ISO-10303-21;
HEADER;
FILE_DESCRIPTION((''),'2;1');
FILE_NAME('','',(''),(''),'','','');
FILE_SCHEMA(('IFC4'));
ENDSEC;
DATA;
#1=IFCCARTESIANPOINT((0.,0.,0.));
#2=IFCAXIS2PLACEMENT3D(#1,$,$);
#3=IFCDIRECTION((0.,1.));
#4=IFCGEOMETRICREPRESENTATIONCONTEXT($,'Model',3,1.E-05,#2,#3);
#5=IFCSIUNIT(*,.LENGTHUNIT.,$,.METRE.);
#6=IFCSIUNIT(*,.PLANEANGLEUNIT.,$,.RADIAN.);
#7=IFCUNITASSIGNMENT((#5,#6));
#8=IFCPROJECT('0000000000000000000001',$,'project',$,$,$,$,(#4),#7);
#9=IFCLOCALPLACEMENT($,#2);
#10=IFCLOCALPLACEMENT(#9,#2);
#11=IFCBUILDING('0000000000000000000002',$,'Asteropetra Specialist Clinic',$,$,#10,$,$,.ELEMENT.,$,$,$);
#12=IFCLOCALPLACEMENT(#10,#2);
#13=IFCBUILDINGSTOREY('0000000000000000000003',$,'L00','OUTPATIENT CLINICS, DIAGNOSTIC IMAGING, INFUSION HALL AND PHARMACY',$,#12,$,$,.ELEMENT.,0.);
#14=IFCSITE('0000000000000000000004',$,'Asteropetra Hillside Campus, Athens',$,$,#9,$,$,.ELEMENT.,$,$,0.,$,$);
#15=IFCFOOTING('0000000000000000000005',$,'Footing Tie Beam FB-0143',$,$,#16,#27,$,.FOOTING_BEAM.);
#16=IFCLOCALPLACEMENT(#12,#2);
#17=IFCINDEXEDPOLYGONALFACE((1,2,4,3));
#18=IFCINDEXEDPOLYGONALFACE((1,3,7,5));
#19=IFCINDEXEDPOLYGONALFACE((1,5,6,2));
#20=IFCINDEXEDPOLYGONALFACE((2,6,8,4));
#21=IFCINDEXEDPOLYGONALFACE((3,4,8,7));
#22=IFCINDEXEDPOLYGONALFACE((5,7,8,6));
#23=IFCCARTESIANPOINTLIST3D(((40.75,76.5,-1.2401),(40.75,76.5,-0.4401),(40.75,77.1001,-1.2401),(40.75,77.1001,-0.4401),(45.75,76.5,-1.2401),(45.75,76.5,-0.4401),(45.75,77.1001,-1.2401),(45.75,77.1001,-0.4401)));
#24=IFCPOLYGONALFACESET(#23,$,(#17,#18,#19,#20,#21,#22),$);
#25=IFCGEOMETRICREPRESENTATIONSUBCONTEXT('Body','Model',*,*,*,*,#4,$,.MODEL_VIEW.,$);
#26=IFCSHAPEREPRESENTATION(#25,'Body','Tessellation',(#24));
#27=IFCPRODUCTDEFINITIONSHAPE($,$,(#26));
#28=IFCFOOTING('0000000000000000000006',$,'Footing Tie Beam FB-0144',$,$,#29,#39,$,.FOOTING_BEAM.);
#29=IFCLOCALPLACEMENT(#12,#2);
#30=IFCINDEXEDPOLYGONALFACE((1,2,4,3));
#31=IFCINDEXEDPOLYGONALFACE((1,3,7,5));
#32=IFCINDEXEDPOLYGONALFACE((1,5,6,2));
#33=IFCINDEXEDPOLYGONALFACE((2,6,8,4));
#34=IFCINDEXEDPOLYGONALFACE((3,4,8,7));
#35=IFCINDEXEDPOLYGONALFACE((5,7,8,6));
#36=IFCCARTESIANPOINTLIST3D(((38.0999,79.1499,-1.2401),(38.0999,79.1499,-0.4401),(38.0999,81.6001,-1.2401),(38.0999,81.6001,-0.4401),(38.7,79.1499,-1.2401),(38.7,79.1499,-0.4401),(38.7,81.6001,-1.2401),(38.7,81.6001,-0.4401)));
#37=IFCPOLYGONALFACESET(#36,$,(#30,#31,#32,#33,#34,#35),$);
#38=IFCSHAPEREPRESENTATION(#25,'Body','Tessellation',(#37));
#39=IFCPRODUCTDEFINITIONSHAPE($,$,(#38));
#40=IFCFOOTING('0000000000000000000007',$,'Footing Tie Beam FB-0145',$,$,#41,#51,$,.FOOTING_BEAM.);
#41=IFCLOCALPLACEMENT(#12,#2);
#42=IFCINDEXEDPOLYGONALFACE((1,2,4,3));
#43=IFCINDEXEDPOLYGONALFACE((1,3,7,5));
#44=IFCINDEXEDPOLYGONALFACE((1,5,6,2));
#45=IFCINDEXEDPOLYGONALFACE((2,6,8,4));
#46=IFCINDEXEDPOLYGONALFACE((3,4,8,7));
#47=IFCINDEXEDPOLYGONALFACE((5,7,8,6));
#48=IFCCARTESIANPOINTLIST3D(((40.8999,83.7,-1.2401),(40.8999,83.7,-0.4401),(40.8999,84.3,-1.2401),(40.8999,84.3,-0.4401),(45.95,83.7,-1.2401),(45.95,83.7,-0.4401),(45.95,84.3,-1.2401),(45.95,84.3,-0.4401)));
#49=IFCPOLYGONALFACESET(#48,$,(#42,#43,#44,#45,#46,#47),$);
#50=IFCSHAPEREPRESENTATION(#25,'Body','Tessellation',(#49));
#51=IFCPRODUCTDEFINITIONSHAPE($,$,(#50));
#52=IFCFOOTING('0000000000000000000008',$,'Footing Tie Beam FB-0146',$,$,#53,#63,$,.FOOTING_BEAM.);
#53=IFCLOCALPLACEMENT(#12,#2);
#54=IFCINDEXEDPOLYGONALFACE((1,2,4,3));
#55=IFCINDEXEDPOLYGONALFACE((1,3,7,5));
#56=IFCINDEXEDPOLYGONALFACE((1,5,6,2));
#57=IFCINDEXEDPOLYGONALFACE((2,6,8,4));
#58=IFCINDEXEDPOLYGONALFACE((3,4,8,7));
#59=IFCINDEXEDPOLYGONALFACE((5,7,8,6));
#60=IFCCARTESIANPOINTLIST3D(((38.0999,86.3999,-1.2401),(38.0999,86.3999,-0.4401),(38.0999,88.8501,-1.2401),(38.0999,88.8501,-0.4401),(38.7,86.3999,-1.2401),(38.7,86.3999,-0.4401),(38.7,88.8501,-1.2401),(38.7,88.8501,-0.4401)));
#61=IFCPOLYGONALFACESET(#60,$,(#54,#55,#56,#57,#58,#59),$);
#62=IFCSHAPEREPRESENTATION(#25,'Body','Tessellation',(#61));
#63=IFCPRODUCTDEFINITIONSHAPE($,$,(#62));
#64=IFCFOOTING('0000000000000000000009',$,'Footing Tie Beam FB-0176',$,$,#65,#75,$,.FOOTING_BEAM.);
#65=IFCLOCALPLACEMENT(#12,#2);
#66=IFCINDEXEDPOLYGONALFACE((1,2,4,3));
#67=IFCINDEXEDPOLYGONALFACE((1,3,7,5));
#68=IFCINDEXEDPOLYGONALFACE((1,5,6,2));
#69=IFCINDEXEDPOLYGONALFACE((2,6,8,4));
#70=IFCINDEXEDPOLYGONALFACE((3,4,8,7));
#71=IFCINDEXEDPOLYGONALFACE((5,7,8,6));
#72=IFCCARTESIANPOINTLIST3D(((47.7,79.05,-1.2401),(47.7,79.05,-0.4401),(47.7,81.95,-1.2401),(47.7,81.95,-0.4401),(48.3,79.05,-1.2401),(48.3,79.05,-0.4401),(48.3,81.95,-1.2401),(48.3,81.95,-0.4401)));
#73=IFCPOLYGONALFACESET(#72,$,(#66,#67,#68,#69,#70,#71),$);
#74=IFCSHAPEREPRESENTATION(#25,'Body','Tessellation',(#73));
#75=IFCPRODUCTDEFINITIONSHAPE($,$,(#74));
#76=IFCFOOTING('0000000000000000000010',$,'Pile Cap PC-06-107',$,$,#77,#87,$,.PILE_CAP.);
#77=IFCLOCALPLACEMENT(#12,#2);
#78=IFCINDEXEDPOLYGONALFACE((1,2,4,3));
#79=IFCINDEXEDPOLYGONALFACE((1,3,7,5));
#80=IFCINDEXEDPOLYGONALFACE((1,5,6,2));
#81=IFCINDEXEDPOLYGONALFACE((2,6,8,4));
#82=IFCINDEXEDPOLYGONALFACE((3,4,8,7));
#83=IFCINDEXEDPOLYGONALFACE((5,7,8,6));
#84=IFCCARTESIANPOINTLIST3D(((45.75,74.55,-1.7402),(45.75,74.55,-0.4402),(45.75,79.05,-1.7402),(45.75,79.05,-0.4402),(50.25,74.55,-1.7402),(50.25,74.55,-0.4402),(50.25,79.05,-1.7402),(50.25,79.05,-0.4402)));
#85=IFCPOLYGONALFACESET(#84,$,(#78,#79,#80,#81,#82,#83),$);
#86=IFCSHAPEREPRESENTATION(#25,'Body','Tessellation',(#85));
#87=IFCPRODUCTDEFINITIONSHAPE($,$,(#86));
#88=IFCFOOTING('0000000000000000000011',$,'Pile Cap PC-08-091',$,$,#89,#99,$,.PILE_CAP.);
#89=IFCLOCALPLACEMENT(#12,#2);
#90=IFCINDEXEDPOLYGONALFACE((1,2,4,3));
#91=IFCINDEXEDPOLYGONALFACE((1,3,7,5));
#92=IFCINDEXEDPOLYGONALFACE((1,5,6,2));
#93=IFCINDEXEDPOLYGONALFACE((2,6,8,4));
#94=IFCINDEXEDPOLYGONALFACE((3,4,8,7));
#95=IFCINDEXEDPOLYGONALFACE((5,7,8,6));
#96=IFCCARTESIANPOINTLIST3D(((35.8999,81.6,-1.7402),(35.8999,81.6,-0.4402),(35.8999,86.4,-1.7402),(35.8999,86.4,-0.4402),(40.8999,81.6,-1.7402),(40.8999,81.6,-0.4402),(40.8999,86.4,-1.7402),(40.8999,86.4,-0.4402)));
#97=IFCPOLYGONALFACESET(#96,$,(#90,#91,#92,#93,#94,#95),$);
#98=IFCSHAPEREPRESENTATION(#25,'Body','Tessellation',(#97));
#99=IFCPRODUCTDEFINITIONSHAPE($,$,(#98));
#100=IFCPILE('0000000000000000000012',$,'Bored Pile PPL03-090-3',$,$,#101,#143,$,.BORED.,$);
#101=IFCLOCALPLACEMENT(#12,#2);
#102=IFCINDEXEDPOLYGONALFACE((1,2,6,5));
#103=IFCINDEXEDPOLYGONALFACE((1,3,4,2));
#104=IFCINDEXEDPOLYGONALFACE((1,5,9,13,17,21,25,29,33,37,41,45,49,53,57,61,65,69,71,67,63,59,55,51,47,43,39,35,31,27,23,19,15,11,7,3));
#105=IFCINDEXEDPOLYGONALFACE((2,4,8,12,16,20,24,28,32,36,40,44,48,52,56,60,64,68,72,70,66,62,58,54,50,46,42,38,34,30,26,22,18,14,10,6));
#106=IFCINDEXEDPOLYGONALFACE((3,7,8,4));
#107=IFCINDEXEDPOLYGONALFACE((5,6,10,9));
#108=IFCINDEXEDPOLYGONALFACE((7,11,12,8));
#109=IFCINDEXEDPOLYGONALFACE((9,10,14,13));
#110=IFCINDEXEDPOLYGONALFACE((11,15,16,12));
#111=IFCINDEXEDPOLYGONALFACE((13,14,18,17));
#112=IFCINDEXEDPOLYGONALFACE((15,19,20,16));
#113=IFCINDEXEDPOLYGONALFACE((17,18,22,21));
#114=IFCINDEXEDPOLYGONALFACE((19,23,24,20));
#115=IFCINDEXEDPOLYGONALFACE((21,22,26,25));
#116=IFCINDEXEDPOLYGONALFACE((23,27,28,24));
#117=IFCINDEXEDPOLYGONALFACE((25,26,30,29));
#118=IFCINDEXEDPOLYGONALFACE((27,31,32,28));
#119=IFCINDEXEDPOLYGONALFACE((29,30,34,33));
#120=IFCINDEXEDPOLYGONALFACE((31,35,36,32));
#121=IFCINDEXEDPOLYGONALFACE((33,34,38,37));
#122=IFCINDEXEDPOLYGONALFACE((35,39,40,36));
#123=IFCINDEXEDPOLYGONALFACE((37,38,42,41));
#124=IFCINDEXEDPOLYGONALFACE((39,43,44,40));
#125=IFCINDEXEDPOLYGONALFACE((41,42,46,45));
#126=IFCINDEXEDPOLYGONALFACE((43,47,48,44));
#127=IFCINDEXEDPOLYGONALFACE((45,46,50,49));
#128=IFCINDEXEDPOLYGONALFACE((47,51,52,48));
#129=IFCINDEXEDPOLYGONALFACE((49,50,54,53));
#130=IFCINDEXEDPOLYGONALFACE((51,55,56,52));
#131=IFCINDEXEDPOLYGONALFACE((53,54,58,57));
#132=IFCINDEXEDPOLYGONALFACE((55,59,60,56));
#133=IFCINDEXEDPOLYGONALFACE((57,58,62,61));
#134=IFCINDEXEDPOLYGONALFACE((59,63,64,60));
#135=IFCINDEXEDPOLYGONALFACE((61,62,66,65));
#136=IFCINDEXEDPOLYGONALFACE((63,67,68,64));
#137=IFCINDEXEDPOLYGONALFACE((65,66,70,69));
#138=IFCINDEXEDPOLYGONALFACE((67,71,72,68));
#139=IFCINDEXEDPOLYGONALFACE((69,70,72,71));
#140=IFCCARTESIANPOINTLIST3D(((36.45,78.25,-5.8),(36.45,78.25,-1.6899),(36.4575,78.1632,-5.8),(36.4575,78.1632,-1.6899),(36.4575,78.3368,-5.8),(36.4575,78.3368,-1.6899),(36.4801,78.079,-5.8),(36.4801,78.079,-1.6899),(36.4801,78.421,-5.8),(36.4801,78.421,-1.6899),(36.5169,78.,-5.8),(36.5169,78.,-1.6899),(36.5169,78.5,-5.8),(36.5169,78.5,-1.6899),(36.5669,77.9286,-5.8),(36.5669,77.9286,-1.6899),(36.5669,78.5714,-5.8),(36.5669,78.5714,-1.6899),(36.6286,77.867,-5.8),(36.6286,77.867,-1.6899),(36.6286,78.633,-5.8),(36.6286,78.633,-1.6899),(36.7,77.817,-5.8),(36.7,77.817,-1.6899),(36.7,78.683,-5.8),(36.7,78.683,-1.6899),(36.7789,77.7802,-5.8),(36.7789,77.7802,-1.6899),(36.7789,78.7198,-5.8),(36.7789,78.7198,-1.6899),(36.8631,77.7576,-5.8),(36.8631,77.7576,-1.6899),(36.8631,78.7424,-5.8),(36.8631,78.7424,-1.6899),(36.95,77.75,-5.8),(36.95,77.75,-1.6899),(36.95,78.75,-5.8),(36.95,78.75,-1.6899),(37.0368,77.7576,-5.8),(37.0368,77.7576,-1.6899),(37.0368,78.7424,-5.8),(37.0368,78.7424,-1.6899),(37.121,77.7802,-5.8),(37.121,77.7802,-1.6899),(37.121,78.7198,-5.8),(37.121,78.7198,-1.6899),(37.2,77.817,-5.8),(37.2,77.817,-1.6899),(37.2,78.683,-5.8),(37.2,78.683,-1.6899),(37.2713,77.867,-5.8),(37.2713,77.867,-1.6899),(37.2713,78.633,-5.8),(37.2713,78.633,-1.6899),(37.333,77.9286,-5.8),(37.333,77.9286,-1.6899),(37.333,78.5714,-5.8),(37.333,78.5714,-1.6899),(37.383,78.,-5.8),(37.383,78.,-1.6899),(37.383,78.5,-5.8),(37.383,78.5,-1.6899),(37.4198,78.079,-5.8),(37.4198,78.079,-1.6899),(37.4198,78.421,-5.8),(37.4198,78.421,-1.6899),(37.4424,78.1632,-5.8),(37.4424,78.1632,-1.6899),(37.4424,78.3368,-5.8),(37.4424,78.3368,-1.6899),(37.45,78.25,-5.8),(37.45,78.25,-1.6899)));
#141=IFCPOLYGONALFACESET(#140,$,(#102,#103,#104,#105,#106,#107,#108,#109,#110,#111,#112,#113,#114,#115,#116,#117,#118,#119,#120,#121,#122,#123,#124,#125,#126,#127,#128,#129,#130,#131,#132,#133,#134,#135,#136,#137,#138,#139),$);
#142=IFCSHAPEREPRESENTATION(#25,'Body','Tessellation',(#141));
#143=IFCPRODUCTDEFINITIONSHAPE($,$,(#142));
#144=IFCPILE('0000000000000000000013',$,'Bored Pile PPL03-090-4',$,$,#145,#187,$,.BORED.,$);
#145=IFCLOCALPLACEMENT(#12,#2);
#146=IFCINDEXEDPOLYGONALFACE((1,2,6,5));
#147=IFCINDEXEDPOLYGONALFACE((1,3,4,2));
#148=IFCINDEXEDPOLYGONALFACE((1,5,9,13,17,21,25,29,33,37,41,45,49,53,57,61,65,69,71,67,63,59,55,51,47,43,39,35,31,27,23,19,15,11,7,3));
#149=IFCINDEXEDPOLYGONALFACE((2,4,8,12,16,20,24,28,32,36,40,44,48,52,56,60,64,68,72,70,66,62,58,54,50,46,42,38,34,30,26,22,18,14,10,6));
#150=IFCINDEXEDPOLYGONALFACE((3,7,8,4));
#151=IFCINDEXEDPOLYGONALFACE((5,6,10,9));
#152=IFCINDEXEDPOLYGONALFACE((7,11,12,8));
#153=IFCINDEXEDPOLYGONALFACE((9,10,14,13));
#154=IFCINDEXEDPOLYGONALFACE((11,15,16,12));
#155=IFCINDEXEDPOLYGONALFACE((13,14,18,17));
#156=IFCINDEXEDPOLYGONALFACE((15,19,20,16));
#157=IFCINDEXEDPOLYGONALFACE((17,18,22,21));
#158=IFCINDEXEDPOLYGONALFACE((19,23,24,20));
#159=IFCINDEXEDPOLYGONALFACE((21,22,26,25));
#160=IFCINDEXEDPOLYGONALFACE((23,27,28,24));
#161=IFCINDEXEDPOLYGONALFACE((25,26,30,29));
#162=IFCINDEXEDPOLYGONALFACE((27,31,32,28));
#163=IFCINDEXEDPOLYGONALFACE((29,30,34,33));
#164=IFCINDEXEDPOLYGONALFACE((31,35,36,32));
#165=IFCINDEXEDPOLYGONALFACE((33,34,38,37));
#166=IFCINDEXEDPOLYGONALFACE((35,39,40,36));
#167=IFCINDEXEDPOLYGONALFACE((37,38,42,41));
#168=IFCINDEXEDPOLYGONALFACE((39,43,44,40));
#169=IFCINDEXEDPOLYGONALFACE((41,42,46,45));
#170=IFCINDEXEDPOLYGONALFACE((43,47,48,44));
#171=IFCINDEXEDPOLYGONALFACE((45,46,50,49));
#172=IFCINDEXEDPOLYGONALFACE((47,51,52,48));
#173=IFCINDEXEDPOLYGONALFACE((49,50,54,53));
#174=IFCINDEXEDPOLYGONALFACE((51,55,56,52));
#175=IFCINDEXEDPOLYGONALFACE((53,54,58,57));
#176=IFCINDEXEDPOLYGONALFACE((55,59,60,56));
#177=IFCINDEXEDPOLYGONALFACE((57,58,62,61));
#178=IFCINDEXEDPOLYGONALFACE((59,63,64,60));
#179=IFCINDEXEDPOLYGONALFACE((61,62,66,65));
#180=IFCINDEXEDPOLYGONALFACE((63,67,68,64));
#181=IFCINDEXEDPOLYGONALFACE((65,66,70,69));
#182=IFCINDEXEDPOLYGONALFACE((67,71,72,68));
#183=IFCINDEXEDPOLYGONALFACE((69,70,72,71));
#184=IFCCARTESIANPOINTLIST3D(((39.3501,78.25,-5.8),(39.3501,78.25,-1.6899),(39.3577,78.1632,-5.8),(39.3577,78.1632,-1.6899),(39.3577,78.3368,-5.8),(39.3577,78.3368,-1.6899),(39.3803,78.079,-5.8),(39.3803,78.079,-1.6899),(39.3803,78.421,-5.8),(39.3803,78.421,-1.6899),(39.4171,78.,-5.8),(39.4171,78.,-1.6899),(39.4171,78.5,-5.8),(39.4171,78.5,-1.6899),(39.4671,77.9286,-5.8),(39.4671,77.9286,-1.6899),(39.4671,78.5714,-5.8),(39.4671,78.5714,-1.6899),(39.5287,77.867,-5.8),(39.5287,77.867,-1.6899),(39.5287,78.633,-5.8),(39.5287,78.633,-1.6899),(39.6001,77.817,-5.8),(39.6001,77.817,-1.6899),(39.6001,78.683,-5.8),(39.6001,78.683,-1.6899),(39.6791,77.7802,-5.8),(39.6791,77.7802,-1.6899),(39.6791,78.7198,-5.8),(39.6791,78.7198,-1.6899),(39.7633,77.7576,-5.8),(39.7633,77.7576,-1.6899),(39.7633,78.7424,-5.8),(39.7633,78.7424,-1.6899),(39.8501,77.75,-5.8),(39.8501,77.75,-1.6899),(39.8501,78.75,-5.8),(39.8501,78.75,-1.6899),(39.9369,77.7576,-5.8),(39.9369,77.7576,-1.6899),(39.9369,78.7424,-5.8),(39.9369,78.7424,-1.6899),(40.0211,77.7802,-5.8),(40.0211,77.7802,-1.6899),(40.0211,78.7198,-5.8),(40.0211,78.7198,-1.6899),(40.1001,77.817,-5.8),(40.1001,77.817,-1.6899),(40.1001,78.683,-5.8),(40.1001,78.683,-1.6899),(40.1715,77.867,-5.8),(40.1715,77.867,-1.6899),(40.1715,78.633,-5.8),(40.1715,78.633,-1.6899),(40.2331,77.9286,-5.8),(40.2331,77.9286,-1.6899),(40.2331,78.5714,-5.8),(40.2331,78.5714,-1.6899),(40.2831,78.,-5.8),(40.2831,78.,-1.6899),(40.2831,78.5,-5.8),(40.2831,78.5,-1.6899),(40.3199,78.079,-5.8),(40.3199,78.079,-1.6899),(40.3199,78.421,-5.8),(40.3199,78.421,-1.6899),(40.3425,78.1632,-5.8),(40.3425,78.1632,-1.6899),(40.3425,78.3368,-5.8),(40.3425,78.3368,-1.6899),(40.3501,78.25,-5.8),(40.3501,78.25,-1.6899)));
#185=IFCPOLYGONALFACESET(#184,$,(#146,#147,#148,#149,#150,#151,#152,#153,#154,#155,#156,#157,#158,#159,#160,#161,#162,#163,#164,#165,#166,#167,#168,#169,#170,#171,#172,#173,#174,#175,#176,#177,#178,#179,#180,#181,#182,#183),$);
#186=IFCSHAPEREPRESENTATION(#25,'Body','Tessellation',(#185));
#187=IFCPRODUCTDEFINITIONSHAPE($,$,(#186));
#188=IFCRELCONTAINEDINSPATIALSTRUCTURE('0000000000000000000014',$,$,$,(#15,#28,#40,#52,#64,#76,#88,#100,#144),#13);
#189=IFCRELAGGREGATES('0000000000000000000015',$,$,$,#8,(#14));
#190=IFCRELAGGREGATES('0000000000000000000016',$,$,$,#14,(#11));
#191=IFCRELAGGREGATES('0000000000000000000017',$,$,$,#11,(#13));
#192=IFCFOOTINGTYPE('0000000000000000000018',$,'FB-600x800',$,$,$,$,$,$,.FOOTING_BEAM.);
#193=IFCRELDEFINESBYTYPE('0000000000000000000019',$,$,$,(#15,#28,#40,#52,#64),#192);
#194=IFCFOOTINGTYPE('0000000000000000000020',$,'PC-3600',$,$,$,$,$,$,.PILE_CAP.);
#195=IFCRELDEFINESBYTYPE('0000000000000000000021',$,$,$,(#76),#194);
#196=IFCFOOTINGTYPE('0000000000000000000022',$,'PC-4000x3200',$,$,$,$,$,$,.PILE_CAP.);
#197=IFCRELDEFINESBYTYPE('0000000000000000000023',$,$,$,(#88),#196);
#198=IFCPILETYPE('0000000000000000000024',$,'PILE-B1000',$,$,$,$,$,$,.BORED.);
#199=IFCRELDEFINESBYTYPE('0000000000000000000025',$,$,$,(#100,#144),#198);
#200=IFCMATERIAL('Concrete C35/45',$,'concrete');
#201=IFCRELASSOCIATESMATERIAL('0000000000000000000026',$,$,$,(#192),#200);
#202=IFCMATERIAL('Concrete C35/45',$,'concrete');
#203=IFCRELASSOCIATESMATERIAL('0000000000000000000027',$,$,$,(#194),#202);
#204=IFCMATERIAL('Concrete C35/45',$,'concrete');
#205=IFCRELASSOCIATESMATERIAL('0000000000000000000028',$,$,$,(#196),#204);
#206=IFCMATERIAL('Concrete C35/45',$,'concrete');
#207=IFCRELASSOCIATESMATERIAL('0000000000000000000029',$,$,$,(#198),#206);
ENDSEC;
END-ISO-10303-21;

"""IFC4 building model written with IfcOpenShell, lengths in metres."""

from ifc_helpers import new_model, si_unit, direction, frame, origin, origin_2d, place, context, subcontext, project, spatial, rectangle, circle, extrude, material, material_profile, profile_set, type_object, element, save


model = new_model("IFC4")

# Units and contexts
model_context = context("Model", 3, precision=1e-05, world=origin(), true_north=direction((0.0, 1.0)))
body_context = subcontext(model_context, "Body", "Model", "MODEL_VIEW")
ifc_project = project(units=[si_unit("LENGTHUNIT", "METRE"), si_unit("PLANEANGLEUNIT", "RADIAN")], contexts=[model_context])

# Site, building, storey
site_placement = place(None, origin())
site = spatial("IfcSite", under=ifc_project, at=site_placement, Name="Asteropetra Hillside Campus, Athens", CompositionType="ELEMENT", RefElevation=0.0)
building_placement = place(site_placement, origin())
building = spatial("IfcBuilding", under=site, at=building_placement, Name="Asteropetra Specialist Clinic", CompositionType="ELEMENT")
storey_placement = place(building_placement, origin())
storey = spatial("IfcBuildingStorey", under=building, at=storey_placement, Name="L00", Description="OUTPATIENT CLINICS, DIAGNOSTIC IMAGING, INFUSION HALL AND PHARMACY", CompositionType="ELEMENT", Elevation=0.0)

# Footings
ifc_material_1 = material(Name="Concrete C35/45", Category="concrete")
ifc_material_profile_1 = material_profile(ifc_material_1, rectangle(XDim=0.6001, YDim=0.8, at=origin_2d()), Name="FB 600x800")
ifc_profile_set_1 = profile_set([ifc_material_profile_1], Name="Concrete C35/45")
footing_type_1 = type_object("IfcFootingType", Name="FB-600x800", PredefinedType="FOOTING_BEAM", material=ifc_profile_set_1)
footing_1_placement = place(storey_placement, frame((40.75, 76.8, -0.8401), z_axis=(1.0, 0.0, 0.0), x_axis=(0.0, 1.0, 0.0)))
element("IfcFooting", 1, at=footing_1_placement, inside=storey, type_object=footing_type_1, Name="Footing Tie Beam FB-0143", PredefinedType="FOOTING_BEAM", context=body_context, shape_type="SweptSolid", body=[
    extrude(rectangle(XDim=0.6001, YDim=0.8, at=origin_2d()), origin(), (0.0, 0.0, 1.0), 5.0),
])
footing_2_placement = place(storey_placement, frame((38.3999, 79.1499, -0.8401), z_axis=(0.0, 1.0, 0.0), x_axis=(-1.0, 0.0, 0.0)))
element("IfcFooting", 2, at=footing_2_placement, inside=storey, type_object=footing_type_1, Name="Footing Tie Beam FB-0144", PredefinedType="FOOTING_BEAM", context=body_context, shape_type="SweptSolid", body=[
    extrude(rectangle(XDim=0.6001, YDim=0.8, at=origin_2d()), origin(), (0.0, 0.0, 1.0), 2.4502),
])
footing_3_placement = place(storey_placement, frame((40.8999, 84.0, -0.8401), z_axis=(1.0, 0.0, 0.0), x_axis=(0.0, 1.0, 0.0)))
element("IfcFooting", 3, at=footing_3_placement, inside=storey, type_object=footing_type_1, Name="Footing Tie Beam FB-0145", PredefinedType="FOOTING_BEAM", context=body_context, shape_type="SweptSolid", body=[
    extrude(rectangle(XDim=0.6001, YDim=0.8, at=origin_2d()), origin(), (0.0, 0.0, 1.0), 5.05),
])
footing_4_placement = place(storey_placement, frame((38.3999, 86.3999, -0.8401), z_axis=(0.0, 1.0, 0.0), x_axis=(-1.0, 0.0, 0.0)))
element("IfcFooting", 4, at=footing_4_placement, inside=storey, type_object=footing_type_1, Name="Footing Tie Beam FB-0146", PredefinedType="FOOTING_BEAM", context=body_context, shape_type="SweptSolid", body=[
    extrude(rectangle(XDim=0.6001, YDim=0.8, at=origin_2d()), origin(), (0.0, 0.0, 1.0), 2.4502),
])
footing_5_placement = place(storey_placement, frame((48.0, 79.05, -0.8401), z_axis=(0.0, 1.0, 0.0), x_axis=(-1.0, 0.0, 0.0)))
element("IfcFooting", 5, at=footing_5_placement, inside=storey, type_object=footing_type_1, Name="Footing Tie Beam FB-0176", PredefinedType="FOOTING_BEAM", context=body_context, shape_type="SweptSolid", body=[
    extrude(rectangle(XDim=0.6001, YDim=0.8, at=origin_2d()), origin(), (0.0, 0.0, 1.0), 2.8999),
])
ifc_material_2 = material(Name="Concrete C35/45", Category="concrete")
footing_type_2 = type_object("IfcFootingType", Name="PC-3600", PredefinedType="PILE_CAP", material=ifc_material_2)
footing_6_placement = place(storey_placement, frame((48.0, 76.8, -1.7402), z_axis=(0.0, 0.0, 1.0), x_axis=(1.0, 0.0, 0.0)))
element("IfcFooting", 6, at=footing_6_placement, inside=storey, type_object=footing_type_2, Name="Pile Cap PC-06-107", PredefinedType="PILE_CAP", context=body_context, shape_type="SweptSolid", body=[
    extrude(rectangle(XDim=4.5, YDim=4.5, at=origin_2d()), origin(), (0.0, 0.0, 1.0), 1.3),
])
ifc_material_3 = material(Name="Concrete C35/45", Category="concrete")
footing_type_3 = type_object("IfcFootingType", Name="PC-4000x3200", PredefinedType="PILE_CAP", material=ifc_material_3)
footing_7_placement = place(storey_placement, frame((38.3999, 84.0, -1.7402), z_axis=(0.0, 0.0, 1.0), x_axis=(1.0, 0.0, 0.0)))
element("IfcFooting", 7, at=footing_7_placement, inside=storey, type_object=footing_type_3, Name="Pile Cap PC-08-091", PredefinedType="PILE_CAP", context=body_context, shape_type="SweptSolid", body=[
    extrude(rectangle(XDim=5.0, YDim=4.8, at=origin_2d()), origin(), (0.0, 0.0, 1.0), 1.3),
])

# Piles
ifc_material_4 = material(Name="Concrete C35/45", Category="concrete")
ifc_material_profile_2 = material_profile(ifc_material_4, circle(Radius=0.5, at=origin_2d()), Name="PILE D1000")
ifc_profile_set_2 = profile_set([ifc_material_profile_2], Name="Concrete C35/45")
pile_type_1 = type_object("IfcPileType", Name="PILE-B1000", PredefinedType="BORED", material=ifc_profile_set_2)
for number, where, z_axis, x_axis, name in (
    (8, (36.95, 78.25, -1.6899), (0.0, 0.0, -1.0), (1.0, 0.0, 0.0), "Bored Pile PPL03-090-3"),
    (9, (39.8501, 78.25, -1.6899), (0.0, 0.0, -1.0), (1.0, 0.0, 0.0), "Bored Pile PPL03-090-4"),
):
    element("IfcPile", number, at=place(storey_placement, frame(where, z_axis=z_axis, x_axis=x_axis)), inside=storey, type_object=pile_type_1, Name=name, PredefinedType="BORED", context=body_context, shape_type="SweptSolid", body=[
        extrude(circle(Radius=0.5, at=origin_2d()), origin(), (0.0, 0.0, 1.0), 4.1101),
    ])

save(model, "model.ifc")
